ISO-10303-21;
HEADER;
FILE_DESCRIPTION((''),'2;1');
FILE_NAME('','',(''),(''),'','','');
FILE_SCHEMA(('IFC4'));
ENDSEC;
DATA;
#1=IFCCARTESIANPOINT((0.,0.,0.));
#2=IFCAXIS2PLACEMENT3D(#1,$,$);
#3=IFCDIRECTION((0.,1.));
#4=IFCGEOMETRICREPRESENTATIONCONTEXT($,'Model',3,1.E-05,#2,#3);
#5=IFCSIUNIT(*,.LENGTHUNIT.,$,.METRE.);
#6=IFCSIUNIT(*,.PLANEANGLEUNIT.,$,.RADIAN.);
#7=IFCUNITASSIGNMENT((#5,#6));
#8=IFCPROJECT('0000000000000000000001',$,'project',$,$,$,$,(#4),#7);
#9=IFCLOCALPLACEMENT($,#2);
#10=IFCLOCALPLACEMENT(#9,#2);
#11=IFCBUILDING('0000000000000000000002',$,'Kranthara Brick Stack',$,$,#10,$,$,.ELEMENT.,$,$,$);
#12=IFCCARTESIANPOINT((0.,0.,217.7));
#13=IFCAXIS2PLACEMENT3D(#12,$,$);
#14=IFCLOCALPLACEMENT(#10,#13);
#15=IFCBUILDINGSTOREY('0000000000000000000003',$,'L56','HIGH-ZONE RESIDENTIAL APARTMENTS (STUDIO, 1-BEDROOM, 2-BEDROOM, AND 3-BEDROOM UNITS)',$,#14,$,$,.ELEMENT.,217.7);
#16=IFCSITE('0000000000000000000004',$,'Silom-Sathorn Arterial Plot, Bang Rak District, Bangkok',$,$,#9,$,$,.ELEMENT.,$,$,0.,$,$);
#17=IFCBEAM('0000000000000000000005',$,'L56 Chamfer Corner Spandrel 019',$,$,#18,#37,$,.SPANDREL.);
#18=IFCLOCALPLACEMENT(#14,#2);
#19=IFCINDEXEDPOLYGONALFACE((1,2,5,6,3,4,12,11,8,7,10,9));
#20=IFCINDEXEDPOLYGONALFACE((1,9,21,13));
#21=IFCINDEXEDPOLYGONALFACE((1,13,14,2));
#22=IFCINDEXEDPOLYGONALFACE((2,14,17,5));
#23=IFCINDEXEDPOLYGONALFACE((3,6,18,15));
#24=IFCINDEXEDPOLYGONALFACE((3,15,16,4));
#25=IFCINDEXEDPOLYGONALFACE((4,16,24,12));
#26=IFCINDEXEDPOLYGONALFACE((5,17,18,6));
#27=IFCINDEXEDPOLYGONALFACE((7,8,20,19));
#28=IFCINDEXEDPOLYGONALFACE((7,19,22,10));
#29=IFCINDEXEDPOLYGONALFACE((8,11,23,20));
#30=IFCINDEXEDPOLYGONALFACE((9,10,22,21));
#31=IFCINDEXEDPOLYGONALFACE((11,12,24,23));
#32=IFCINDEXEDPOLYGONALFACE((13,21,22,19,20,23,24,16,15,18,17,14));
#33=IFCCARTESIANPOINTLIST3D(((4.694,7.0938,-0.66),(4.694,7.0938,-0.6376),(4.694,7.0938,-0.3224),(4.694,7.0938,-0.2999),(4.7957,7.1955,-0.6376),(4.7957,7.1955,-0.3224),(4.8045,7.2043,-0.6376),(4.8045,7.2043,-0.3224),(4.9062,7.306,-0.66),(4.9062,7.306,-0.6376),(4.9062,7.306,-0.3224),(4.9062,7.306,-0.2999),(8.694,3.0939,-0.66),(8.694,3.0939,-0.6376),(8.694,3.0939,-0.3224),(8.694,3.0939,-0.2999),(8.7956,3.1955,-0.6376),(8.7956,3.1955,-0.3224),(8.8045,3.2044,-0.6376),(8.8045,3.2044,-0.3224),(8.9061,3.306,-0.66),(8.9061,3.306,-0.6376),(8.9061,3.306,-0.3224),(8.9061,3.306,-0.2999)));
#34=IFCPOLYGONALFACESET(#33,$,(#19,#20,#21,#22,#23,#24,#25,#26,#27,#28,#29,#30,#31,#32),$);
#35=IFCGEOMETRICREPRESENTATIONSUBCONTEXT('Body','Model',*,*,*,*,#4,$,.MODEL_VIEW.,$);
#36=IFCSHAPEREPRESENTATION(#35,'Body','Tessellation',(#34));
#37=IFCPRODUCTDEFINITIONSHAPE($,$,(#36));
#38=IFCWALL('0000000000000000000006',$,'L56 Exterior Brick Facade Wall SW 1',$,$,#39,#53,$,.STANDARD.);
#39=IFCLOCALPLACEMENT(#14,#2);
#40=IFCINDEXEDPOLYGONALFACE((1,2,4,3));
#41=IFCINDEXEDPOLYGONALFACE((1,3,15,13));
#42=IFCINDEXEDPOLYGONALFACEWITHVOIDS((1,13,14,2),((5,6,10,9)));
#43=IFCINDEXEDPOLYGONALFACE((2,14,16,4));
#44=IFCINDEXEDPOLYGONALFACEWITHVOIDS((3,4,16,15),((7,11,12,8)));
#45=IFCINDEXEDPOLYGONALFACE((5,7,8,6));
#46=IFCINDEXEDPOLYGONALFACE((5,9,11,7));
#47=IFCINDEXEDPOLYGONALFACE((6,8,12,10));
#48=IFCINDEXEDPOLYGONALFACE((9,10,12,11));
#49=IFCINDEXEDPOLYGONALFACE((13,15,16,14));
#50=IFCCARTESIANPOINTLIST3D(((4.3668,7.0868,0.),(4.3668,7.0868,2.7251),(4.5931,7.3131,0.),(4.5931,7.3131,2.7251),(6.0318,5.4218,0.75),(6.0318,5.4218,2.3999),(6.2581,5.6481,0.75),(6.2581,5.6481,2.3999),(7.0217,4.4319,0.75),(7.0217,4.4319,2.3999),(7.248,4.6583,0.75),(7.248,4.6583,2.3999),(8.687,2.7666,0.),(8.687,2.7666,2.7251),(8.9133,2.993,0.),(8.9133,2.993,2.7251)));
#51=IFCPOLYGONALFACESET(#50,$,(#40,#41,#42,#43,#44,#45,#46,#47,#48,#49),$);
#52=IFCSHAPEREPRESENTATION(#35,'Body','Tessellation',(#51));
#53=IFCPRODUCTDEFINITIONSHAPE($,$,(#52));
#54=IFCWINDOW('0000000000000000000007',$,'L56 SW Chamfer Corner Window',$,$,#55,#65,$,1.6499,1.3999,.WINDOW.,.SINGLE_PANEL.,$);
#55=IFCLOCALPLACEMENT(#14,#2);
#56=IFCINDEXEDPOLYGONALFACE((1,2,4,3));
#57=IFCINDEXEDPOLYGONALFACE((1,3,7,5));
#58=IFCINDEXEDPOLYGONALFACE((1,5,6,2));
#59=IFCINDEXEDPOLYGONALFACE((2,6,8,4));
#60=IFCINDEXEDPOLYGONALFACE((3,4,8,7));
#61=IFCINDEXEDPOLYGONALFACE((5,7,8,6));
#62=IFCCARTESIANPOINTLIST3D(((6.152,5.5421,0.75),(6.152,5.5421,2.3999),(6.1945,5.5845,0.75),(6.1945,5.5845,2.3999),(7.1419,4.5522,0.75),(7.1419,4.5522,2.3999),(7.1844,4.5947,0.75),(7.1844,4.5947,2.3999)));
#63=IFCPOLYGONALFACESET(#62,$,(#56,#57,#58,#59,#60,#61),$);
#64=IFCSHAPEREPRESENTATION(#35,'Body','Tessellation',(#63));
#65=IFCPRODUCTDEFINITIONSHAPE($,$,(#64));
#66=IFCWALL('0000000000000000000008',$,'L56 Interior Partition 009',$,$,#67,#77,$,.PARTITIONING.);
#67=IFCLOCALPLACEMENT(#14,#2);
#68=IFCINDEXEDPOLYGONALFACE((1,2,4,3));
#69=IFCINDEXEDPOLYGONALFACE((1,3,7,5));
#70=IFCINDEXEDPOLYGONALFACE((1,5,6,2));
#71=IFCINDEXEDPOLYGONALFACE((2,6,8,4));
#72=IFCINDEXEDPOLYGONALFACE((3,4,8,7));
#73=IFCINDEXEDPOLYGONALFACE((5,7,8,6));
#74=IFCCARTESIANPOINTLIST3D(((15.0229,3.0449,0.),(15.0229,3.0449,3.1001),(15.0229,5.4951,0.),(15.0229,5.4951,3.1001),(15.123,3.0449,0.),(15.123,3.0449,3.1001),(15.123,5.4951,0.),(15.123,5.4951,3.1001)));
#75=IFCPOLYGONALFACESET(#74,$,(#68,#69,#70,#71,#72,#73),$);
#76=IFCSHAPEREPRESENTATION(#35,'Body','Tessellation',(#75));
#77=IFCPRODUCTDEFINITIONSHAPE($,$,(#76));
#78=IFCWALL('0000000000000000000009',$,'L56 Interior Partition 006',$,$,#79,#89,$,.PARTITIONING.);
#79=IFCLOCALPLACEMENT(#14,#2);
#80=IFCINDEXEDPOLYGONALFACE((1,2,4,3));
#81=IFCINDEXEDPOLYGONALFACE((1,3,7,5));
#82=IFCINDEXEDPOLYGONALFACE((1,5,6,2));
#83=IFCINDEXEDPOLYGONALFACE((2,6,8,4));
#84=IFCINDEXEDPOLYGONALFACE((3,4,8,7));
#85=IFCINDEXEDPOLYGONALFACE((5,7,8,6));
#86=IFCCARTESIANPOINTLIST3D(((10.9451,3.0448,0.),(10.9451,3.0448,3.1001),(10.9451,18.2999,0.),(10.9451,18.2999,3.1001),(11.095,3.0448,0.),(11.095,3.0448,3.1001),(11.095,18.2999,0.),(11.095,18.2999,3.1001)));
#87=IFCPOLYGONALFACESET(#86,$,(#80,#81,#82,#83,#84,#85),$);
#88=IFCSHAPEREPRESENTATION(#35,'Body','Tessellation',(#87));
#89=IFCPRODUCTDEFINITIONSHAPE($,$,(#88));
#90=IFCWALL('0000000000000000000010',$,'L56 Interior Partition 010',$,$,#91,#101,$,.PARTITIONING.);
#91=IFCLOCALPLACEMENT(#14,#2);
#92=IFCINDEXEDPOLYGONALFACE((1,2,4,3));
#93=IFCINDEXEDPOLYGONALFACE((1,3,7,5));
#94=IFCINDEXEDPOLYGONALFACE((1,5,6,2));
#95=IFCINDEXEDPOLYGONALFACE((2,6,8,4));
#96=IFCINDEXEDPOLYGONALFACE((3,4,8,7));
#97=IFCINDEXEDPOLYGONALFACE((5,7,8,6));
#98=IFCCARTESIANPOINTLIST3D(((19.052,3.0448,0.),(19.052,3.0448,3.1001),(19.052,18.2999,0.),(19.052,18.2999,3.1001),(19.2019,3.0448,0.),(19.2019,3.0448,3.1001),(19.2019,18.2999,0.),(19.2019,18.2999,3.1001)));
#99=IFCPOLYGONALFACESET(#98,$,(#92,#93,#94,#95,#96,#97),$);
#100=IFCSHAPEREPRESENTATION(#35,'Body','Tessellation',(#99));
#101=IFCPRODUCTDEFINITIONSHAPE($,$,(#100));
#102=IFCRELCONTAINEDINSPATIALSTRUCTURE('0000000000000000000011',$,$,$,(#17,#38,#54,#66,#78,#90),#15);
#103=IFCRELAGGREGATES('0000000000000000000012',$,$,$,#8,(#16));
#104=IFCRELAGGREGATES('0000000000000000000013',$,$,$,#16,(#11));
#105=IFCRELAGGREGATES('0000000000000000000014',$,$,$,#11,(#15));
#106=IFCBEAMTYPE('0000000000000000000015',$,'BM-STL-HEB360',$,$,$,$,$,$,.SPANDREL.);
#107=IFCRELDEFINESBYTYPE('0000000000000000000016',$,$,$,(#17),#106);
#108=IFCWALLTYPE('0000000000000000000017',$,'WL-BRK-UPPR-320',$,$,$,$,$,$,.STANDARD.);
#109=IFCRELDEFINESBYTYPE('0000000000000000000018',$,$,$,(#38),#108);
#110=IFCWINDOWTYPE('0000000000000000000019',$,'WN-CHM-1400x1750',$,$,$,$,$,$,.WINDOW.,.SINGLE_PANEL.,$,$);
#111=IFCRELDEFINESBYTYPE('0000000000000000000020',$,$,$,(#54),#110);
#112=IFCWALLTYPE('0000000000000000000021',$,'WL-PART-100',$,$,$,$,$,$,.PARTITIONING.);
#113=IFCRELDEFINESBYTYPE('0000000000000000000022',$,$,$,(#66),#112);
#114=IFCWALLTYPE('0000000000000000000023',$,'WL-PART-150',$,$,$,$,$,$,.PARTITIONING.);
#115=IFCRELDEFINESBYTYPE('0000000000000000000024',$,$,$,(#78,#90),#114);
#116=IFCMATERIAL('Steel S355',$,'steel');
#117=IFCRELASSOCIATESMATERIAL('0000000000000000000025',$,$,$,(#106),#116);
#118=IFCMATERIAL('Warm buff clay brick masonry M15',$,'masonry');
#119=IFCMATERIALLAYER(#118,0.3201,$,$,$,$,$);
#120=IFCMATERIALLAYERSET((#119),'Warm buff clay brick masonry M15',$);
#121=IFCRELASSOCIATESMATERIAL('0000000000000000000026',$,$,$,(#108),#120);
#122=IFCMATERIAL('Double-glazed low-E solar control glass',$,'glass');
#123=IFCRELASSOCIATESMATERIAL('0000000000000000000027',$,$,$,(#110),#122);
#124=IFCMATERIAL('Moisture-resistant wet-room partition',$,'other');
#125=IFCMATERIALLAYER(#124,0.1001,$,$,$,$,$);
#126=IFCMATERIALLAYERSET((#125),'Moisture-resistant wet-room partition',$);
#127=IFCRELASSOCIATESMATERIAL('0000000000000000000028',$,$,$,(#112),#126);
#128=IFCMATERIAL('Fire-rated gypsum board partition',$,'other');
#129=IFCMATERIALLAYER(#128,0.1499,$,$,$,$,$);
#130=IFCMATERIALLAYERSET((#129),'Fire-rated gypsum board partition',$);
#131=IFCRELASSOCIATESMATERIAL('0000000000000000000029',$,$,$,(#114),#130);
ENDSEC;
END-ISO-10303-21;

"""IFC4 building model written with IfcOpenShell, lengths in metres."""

from ifc_helpers import new_model, si_unit, direction, frame, frame_2d, origin, origin_2d, place, context, subcontext, project, spatial, rectangle, i_section, extrude, material, layer, layer_set, material_profile, profile_set, type_object, element, fill, save


model = new_model("IFC4")

# Units and contexts
model_context = context("Model", 3, precision=1e-05, world=origin(), true_north=direction((0.0, 1.0)))
body_context = subcontext(model_context, "Body", "Model", "MODEL_VIEW")
ifc_project = project(units=[si_unit("LENGTHUNIT", "METRE"), si_unit("PLANEANGLEUNIT", "RADIAN")], contexts=[model_context])

# Site, building, storey
site_placement = place(None, origin())
site = spatial("IfcSite", under=ifc_project, at=site_placement, Name="Silom-Sathorn Arterial Plot, Bang Rak District, Bangkok", CompositionType="ELEMENT", RefElevation=0.0)
building_placement = place(site_placement, origin())
building = spatial("IfcBuilding", under=site, at=building_placement, Name="Kranthara Brick Stack", CompositionType="ELEMENT")
storey_placement = place(building_placement, frame((0.0, 0.0, 217.7)))
storey = spatial("IfcBuildingStorey", under=building, at=storey_placement, Name="L56", Description="HIGH-ZONE RESIDENTIAL APARTMENTS (STUDIO, 1-BEDROOM, 2-BEDROOM, AND 3-BEDROOM UNITS)", CompositionType="ELEMENT", Elevation=217.7)

# Beam
ifc_material_1 = material(Name="Steel S355", Category="steel")
ifc_material_profile_1 = material_profile(ifc_material_1, i_section(OverallWidth=0.3, OverallDepth=0.3601, WebThickness=0.0125, FlangeThickness=0.0225, at=origin_2d()), Name="HEB 360")
ifc_profile_set_1 = profile_set([ifc_material_profile_1], Name="Steel S355")
beam_type_1 = type_object("IfcBeamType", Name="BM-STL-HEB360", PredefinedType="SPANDREL", material=ifc_profile_set_1)
beam_1_placement = place(storey_placement, frame((8.8, 3.2, -0.48), z_axis=(-0.707107, 0.707107, 0.0), x_axis=(-0.707107, -0.707107, 0.0)))
element("IfcBeam", 1, at=beam_1_placement, inside=storey, type_object=beam_type_1, Name="L56 Chamfer Corner Spandrel 019", PredefinedType="SPANDREL", context=body_context, shape_type="SweptSolid", body=[
    extrude(i_section(OverallWidth=0.3, OverallDepth=0.3601, WebThickness=0.0125, FlangeThickness=0.0225, at=origin_2d()), origin(), (0.0, 0.0, 1.0), 5.6567),
])

# Wall, opening, window
ifc_material_2 = material(Name="Warm buff clay brick masonry M15", Category="masonry")
ifc_layer_1 = layer(ifc_material_2, 0.3201)
ifc_layer_set_1 = layer_set([ifc_layer_1], Name="Warm buff clay brick masonry M15")
wall_type_1 = type_object("IfcWallType", Name="WL-BRK-UPPR-320", PredefinedType="STANDARD", material=ifc_layer_set_1)
wall_1_placement = place(storey_placement, frame((8.8, 2.8799, 0.0), z_axis=(0.0, 0.0, 1.0), x_axis=(-0.707107, 0.707107, 0.0)))
wall_1 = element("IfcWall", 2, at=wall_1_placement, inside=storey, type_object=wall_type_1, Name="L56 Exterior Brick Facade Wall SW 1", PredefinedType="STANDARD", context=body_context, shape_type="SweptSolid", body=[
    extrude(rectangle(XDim=6.1096, YDim=0.3201, at=frame_2d((3.0547, 0.0))), origin(), (0.0, 0.0, 1.0), 2.7251),
])
opening_placement = place(wall_1_placement, frame((2.355, 0.0, 0.75)))
opening = element("IfcOpeningElement", 3, at=opening_placement, cuts=wall_1, PredefinedType="OPENING", context=body_context, shape_type="SweptSolid", body=[
    extrude(rectangle(XDim=1.3999, YDim=1.6499, at=frame_2d((0.7, 0.825))), frame((0.0, 0.1699, 0.0), z_axis=(0.0, -1.0, 0.0), x_axis=(1.0, 0.0, 0.0)), (0.0, 0.0, 1.0), 0.3401),
])
ifc_material_3 = material(Name="Double-glazed low-E solar control glass", Category="glass")
window_type = type_object("IfcWindowType", Name="WN-CHM-1400x1750", PartitioningType="SINGLE_PANEL", PredefinedType="WINDOW", material=ifc_material_3)
window_placement = place(opening_placement, origin())
window = element("IfcWindow", 4, at=window_placement, inside=storey, type_object=window_type, Name="L56 SW Chamfer Corner Window", OverallHeight=1.6499, OverallWidth=1.3999, PartitioningType="SINGLE_PANEL", PredefinedType="WINDOW", context=body_context, shape_type="SweptSolid", body=[
    extrude(rectangle(XDim=1.3999, YDim=1.6499, at=frame_2d((0.7, 0.825))), frame((0.0, -0.01, 0.0), z_axis=(0.0, -1.0, 0.0), x_axis=(1.0, 0.0, 0.0)), (0.0, 0.0, 1.0), 0.0601),
])
fill(opening, window)

# Walls
ifc_material_4 = material(Name="Moisture-resistant wet-room partition", Category="other")
ifc_layer_2 = layer(ifc_material_4, 0.1001)
ifc_layer_set_2 = layer_set([ifc_layer_2], Name="Moisture-resistant wet-room partition")
wall_type_2 = type_object("IfcWallType", Name="WL-PART-100", PredefinedType="PARTITIONING", material=ifc_layer_set_2)
wall_2_placement = place(storey_placement, frame((15.073, 3.0449, 0.0), z_axis=(0.0, 0.0, 1.0), x_axis=(0.0, 1.0, 0.0)))
element("IfcWall", 5, at=wall_2_placement, inside=storey, type_object=wall_type_2, Name="L56 Interior Partition 009", PredefinedType="PARTITIONING", context=body_context, shape_type="SweptSolid", body=[
    extrude(rectangle(XDim=2.4502, YDim=0.1001, at=frame_2d((1.2251, 0.0))), origin(), (0.0, 0.0, 1.0), 3.1001),
])
ifc_material_5 = material(Name="Fire-rated gypsum board partition", Category="other")
ifc_layer_3 = layer(ifc_material_5, 0.1499)
ifc_layer_set_3 = layer_set([ifc_layer_3], Name="Fire-rated gypsum board partition")
wall_type_3 = type_object("IfcWallType", Name="WL-PART-150", PredefinedType="PARTITIONING", material=ifc_layer_set_3)
for number, where, z_axis, x_axis, name in (
    (6, (11.02, 3.0449, 0.0), (0.0, 0.0, 1.0), (0.0, 1.0, 0.0), "L56 Interior Partition 006"),
    (7, (19.127, 3.0449, 0.0), (0.0, 0.0, 1.0), (0.0, 1.0, 0.0), "L56 Interior Partition 010"),
):
    element("IfcWall", number, at=place(storey_placement, frame(where, z_axis=z_axis, x_axis=x_axis)), inside=storey, type_object=wall_type_3, Name=name, PredefinedType="PARTITIONING", context=body_context, shape_type="SweptSolid", body=[
        extrude(rectangle(XDim=15.2551, YDim=0.1499, at=frame_2d((7.6274, 0.0))), origin(), (0.0, 0.0, 1.0), 3.1001),
    ])

save(model, "model.ifc")
